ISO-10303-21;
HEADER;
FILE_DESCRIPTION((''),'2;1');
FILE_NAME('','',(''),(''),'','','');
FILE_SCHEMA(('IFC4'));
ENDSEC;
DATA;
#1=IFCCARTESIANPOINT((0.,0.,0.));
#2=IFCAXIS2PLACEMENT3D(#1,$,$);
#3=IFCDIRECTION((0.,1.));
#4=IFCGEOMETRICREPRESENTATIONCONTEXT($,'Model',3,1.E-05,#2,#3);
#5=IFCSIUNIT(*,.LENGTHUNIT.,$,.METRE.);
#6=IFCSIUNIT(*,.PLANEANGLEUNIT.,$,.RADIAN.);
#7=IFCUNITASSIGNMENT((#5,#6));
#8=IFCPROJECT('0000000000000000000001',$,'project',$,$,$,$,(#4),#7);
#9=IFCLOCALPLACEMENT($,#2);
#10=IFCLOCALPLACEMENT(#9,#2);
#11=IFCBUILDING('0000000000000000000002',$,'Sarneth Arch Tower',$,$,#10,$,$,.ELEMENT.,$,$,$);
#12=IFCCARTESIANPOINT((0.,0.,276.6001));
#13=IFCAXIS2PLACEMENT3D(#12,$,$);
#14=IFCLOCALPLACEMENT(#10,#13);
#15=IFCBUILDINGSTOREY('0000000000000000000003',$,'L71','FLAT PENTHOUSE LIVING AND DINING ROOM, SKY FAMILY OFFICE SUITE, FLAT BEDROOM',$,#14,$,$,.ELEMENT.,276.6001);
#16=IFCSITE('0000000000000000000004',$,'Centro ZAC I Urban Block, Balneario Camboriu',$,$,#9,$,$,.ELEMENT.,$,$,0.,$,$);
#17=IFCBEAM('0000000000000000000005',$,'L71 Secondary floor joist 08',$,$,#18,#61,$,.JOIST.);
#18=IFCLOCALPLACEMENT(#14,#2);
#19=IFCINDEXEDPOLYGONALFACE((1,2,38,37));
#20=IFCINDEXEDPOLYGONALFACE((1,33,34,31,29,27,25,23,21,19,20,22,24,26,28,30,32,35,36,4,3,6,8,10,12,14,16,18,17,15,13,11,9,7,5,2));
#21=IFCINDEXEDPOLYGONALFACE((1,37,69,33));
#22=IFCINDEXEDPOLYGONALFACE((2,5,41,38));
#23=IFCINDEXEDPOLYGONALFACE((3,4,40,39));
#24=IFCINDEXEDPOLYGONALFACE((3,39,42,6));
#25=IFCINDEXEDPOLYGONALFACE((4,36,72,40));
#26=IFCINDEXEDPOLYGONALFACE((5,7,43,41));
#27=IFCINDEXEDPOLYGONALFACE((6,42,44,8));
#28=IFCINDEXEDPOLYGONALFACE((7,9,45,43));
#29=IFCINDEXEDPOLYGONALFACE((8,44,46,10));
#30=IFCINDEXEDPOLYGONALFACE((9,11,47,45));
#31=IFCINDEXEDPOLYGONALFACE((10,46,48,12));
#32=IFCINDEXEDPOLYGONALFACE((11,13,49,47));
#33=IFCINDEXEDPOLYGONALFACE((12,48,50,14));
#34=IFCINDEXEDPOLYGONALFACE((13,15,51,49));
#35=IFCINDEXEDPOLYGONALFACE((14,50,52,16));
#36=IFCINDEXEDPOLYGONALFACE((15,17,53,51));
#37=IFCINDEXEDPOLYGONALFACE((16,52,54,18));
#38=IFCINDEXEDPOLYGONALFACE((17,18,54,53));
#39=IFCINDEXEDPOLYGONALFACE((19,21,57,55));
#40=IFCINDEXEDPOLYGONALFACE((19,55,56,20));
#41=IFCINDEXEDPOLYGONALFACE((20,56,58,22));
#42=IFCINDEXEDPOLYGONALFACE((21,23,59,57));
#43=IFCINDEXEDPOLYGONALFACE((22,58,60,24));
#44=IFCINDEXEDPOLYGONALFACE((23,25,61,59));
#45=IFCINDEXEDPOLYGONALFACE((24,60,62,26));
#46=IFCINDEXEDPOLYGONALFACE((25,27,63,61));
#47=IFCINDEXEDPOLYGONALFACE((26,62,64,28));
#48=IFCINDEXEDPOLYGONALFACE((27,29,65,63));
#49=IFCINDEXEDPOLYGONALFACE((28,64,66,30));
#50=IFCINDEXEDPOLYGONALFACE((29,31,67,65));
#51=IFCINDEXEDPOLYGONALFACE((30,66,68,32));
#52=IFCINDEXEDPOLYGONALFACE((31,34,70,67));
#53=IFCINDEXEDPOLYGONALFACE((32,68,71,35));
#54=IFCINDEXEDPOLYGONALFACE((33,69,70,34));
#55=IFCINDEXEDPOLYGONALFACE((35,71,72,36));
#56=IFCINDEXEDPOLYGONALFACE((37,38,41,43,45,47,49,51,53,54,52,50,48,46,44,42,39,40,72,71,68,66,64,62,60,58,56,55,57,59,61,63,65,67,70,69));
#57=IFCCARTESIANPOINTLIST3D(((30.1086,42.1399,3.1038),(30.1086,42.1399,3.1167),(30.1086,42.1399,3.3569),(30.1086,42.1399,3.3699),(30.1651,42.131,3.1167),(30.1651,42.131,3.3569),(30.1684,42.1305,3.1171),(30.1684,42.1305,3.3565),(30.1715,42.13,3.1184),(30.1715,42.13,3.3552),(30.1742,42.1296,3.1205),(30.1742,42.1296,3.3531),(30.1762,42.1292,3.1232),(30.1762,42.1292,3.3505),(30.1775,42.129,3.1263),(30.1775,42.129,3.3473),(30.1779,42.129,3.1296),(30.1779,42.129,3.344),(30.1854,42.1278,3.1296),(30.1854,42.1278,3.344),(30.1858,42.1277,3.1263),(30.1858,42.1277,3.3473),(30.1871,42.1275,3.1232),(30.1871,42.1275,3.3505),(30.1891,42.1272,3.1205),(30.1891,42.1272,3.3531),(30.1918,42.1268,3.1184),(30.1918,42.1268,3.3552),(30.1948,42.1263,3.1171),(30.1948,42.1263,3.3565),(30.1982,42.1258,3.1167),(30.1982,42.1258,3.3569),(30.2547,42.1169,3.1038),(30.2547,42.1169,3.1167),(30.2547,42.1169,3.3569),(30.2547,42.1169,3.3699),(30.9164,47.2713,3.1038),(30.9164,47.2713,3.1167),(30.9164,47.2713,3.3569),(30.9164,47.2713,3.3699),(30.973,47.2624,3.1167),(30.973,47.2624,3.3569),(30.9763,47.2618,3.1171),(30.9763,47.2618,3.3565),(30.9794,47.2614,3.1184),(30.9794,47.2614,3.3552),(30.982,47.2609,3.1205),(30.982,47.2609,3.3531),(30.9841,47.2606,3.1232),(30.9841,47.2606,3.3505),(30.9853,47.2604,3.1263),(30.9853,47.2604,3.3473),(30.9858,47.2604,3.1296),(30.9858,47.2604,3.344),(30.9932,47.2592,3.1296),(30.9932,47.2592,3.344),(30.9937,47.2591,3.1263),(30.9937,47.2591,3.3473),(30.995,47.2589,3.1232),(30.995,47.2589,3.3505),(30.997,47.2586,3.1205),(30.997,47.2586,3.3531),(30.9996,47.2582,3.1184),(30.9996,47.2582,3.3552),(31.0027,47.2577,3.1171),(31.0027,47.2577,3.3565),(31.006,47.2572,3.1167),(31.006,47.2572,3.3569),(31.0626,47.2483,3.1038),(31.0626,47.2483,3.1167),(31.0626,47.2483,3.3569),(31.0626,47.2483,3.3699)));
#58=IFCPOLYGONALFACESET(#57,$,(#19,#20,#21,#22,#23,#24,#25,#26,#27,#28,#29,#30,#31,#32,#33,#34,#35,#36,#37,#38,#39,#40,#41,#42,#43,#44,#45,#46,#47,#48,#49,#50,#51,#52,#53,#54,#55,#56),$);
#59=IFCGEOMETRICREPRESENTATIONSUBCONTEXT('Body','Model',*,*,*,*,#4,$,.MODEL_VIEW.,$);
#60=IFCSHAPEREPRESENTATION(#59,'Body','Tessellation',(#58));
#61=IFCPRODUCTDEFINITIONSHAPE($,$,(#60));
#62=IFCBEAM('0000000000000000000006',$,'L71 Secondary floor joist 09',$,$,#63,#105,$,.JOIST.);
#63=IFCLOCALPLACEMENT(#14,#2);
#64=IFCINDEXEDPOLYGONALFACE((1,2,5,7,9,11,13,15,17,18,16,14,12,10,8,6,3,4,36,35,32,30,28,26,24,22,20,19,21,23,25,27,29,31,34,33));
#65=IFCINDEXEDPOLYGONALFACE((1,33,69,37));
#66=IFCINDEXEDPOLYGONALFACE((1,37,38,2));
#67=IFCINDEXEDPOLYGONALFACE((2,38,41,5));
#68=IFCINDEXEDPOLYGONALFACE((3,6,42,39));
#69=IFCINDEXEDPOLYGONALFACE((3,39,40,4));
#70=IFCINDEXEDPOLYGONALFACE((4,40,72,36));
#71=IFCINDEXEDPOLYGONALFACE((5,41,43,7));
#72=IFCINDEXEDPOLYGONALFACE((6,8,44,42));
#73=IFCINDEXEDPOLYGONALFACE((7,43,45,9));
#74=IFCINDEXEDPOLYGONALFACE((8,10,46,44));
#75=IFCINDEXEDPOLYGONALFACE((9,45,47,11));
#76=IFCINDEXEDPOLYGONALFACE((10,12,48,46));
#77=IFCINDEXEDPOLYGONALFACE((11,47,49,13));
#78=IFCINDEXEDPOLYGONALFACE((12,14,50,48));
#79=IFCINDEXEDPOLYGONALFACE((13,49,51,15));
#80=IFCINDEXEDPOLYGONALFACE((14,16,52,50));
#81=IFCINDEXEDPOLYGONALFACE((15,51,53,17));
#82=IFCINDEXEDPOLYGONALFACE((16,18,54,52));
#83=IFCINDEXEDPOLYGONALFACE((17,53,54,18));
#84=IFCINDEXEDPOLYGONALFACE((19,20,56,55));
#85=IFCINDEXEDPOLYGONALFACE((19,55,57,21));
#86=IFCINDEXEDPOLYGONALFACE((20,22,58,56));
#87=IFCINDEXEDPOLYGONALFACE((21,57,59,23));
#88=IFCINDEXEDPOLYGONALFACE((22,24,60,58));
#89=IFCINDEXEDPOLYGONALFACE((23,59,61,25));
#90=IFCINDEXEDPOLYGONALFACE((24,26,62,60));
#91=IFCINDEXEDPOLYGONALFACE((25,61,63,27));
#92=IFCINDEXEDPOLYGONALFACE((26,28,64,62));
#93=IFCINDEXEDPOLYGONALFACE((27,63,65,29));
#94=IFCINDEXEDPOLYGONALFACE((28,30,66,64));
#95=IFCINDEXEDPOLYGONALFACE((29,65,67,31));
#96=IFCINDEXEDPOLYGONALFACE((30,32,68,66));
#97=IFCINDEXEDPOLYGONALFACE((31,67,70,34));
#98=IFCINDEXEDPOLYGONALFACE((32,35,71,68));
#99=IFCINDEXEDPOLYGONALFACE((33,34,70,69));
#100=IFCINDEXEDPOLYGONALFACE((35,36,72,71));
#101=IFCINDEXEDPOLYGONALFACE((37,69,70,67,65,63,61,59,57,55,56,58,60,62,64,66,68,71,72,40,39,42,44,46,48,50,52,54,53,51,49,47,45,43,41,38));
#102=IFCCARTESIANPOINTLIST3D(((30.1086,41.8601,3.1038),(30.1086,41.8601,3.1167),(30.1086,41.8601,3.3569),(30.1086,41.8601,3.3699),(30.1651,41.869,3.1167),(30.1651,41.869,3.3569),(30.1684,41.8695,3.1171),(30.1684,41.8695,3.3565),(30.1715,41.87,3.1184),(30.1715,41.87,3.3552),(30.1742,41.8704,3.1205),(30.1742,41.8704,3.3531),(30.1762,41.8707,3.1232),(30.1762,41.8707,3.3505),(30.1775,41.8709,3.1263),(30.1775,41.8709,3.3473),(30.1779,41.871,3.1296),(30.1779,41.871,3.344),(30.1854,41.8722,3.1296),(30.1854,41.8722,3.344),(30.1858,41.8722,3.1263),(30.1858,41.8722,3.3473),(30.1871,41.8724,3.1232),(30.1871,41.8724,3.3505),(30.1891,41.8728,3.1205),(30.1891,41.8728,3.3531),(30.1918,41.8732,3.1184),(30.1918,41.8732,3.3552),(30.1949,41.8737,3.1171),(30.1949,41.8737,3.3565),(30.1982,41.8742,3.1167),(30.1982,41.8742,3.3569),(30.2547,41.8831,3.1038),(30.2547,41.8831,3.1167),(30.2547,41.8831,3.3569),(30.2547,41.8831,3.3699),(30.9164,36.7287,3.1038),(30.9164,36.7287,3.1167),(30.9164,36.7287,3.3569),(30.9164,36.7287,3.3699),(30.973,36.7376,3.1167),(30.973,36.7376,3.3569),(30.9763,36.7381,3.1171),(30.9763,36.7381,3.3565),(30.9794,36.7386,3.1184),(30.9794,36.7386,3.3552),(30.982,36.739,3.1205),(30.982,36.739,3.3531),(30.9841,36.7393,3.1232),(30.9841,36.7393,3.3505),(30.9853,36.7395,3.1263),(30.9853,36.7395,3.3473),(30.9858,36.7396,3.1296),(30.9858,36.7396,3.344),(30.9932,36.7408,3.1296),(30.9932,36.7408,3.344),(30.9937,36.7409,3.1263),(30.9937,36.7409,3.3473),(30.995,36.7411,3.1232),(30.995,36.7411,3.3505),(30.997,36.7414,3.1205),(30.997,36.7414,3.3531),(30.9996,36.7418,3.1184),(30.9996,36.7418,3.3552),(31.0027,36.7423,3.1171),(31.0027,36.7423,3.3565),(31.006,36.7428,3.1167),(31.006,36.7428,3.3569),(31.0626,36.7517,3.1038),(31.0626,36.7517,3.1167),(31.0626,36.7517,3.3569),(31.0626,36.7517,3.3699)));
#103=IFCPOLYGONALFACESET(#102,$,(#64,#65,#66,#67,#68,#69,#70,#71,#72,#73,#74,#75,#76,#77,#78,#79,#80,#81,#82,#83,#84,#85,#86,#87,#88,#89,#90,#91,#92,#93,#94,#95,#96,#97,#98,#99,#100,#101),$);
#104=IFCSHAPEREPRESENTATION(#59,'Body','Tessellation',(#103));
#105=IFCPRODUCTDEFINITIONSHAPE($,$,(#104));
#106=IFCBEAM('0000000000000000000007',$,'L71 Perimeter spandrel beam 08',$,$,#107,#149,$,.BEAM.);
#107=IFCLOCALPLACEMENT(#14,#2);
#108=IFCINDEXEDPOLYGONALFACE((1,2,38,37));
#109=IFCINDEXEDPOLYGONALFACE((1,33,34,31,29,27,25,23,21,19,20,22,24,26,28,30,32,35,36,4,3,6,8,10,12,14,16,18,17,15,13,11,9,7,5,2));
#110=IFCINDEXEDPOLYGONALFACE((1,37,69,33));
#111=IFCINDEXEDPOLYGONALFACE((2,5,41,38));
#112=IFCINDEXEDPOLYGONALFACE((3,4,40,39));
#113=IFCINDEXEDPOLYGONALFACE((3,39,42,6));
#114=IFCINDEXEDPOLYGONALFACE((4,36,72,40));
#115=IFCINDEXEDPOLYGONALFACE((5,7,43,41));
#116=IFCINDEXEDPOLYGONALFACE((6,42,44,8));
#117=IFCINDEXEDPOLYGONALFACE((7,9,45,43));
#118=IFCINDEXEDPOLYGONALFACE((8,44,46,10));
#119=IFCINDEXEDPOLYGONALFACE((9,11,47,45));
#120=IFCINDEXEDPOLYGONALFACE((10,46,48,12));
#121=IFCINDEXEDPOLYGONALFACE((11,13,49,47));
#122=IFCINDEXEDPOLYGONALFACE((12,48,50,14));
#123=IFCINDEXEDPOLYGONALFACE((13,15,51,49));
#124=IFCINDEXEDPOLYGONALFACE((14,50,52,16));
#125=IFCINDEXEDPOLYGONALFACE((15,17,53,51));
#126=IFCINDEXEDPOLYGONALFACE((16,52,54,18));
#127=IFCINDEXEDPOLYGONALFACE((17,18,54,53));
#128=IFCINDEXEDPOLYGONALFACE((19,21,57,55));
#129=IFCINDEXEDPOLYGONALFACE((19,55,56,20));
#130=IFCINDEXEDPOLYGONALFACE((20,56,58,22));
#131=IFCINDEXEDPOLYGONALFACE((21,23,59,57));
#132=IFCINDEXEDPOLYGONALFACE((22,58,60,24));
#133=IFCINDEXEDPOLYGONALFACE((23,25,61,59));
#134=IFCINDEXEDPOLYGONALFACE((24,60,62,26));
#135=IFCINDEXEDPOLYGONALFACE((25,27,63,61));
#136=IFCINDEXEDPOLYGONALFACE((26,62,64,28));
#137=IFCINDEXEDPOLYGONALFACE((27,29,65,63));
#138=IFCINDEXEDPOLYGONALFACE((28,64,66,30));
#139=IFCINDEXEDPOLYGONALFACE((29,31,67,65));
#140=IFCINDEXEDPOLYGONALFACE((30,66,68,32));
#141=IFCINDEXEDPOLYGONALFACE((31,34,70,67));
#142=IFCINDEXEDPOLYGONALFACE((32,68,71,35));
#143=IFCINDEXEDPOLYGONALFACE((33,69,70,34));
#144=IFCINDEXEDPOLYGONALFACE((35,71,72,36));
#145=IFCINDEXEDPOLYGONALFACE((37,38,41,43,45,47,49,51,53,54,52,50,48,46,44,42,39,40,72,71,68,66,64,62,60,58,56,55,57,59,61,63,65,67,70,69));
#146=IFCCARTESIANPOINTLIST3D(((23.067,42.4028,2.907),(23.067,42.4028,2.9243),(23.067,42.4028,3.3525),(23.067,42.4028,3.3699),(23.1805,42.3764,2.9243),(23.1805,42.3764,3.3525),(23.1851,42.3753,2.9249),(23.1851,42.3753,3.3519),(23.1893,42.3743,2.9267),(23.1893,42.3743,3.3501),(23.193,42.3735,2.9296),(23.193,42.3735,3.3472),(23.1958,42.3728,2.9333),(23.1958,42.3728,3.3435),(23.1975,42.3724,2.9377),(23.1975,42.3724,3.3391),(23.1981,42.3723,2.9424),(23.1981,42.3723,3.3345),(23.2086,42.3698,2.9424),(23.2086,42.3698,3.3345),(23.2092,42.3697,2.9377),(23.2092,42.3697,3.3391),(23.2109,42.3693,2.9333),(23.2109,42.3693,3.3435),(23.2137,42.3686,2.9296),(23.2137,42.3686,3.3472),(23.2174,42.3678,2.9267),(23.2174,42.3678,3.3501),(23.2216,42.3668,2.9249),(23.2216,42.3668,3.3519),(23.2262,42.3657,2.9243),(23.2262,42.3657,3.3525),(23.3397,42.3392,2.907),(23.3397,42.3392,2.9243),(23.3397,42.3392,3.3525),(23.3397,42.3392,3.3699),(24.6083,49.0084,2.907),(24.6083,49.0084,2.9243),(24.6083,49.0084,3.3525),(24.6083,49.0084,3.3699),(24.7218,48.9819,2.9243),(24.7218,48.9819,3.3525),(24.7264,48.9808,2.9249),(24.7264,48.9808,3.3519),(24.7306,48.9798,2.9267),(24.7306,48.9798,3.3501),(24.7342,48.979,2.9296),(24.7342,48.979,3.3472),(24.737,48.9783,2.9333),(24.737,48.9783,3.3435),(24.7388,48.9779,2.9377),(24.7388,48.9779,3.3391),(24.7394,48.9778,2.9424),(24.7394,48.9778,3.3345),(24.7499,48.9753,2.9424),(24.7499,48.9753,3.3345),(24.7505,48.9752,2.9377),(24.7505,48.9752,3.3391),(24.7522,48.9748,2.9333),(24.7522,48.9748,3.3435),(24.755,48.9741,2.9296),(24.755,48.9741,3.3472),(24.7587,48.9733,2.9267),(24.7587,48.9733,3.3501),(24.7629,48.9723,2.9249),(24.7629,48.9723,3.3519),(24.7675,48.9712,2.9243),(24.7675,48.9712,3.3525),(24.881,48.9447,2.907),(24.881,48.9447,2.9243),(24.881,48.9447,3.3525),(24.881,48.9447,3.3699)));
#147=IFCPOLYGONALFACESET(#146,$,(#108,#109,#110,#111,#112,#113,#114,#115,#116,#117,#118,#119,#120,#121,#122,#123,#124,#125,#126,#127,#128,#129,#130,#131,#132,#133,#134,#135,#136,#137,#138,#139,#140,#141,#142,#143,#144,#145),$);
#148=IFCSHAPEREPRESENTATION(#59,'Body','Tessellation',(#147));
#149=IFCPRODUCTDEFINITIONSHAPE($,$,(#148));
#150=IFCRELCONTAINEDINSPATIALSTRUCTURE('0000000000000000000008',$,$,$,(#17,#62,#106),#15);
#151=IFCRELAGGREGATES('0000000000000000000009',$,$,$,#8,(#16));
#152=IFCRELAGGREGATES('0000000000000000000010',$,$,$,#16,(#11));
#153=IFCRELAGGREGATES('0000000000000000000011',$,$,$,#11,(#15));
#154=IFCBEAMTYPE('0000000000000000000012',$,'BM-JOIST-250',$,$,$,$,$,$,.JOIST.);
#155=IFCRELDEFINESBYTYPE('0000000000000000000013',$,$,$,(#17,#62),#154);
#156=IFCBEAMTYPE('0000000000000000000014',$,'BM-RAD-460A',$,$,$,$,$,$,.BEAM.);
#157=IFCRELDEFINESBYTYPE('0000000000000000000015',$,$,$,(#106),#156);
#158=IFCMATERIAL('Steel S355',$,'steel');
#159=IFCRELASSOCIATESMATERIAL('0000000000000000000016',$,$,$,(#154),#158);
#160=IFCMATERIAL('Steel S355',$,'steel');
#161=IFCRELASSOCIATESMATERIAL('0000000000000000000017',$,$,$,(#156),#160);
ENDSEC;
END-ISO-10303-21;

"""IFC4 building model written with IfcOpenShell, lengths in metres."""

from ifc_helpers import new_model, si_unit, direction, frame, origin, origin_2d, place, context, subcontext, project, spatial, i_section, extrude, material, material_profile, profile_set, type_object, element, save


model = new_model("IFC4")

# Units and contexts
model_context = context("Model", 3, precision=1e-05, world=origin(), true_north=direction((0.0, 1.0)))
body_context = subcontext(model_context, "Body", "Model", "MODEL_VIEW")
ifc_project = project(units=[si_unit("LENGTHUNIT", "METRE"), si_unit("PLANEANGLEUNIT", "RADIAN")], contexts=[model_context])

# Site, building, storey
site_placement = place(None, origin())
site = spatial("IfcSite", under=ifc_project, at=site_placement, Name="Centro ZAC I Urban Block, Balneario Camboriu", CompositionType="ELEMENT", RefElevation=0.0)
building_placement = place(site_placement, origin())
building = spatial("IfcBuilding", under=site, at=building_placement, Name="Sarneth Arch Tower", CompositionType="ELEMENT")
storey_placement = place(building_placement, frame((0.0, 0.0, 276.6001)))
storey = spatial("IfcBuildingStorey", under=building, at=storey_placement, Name="L71", Description="FLAT PENTHOUSE LIVING AND DINING ROOM, SKY FAMILY OFFICE SUITE, FLAT BEDROOM", CompositionType="ELEMENT", Elevation=276.6001)

# Beams
ifc_material_1 = material(Name="Steel S355", Category="steel")
ifc_material_profile_1 = material_profile(ifc_material_1, i_section(OverallWidth=0.1479, OverallDepth=0.2661, WebThickness=0.0076, FlangeThickness=0.0129, FilletRadius=0.0129, at=origin_2d()), Name="W250x44.8")
ifc_profile_set_1 = profile_set([ifc_material_profile_1], Name="Steel S355")
beam_type_1 = type_object("IfcBeamType", Name="BM-JOIST-250", PredefinedType="JOIST", material=ifc_profile_set_1)
for number, where, z_axis, x_axis, name in (
    (1, (30.9895, 47.2598, 3.2368), (-0.155521, -0.987833, 0.0), (0.987833, -0.155521, 0.0), "L71 Secondary floor joist 08"),
    (2, (30.1816, 41.8716, 3.2368), (0.155521, -0.987833, 0.0), (0.987833, 0.155521, 0.0), "L71 Secondary floor joist 09"),
):
    element("IfcBeam", number, at=place(storey_placement, frame(where, z_axis=z_axis, x_axis=x_axis)), inside=storey, type_object=beam_type_1, Name=name, PredefinedType="JOIST", context=body_context, shape_type="SweptSolid", body=[
        extrude(i_section(OverallWidth=0.1479, OverallDepth=0.2661, WebThickness=0.0076, FlangeThickness=0.0129, FilletRadius=0.0129, at=origin_2d()), origin(), (0.0, 0.0, 1.0), 5.1946),
    ])
ifc_material_2 = material(Name="Steel S355", Category="steel")
ifc_material_profile_2 = material_profile(ifc_material_2, i_section(OverallWidth=0.28, OverallDepth=0.4629, WebThickness=0.0107, FlangeThickness=0.0173, FilletRadius=0.0181, at=origin_2d()), Name="W460x113")
ifc_profile_set_2 = profile_set([ifc_material_profile_2], Name="Steel S355")
beam_type_2 = type_object("IfcBeamType", Name="BM-RAD-460A", PredefinedType="BEAM", material=ifc_profile_set_2)
beam_1_placement = place(storey_placement, frame((24.7446, 48.9766, 3.1384), z_axis=(-0.227227, -0.973842, 0.0), x_axis=(0.973842, -0.227227, 0.0)))
element("IfcBeam", 3, at=beam_1_placement, inside=storey, type_object=beam_type_2, Name="L71 Perimeter spandrel beam 08", PredefinedType="BEAM", context=body_context, shape_type="SweptSolid", body=[
    extrude(i_section(OverallWidth=0.28, OverallDepth=0.4629, WebThickness=0.0107, FlangeThickness=0.0173, FilletRadius=0.0181, at=origin_2d()), origin(), (0.0, 0.0, 1.0), 6.783),
])

save(model, "model.ifc")
